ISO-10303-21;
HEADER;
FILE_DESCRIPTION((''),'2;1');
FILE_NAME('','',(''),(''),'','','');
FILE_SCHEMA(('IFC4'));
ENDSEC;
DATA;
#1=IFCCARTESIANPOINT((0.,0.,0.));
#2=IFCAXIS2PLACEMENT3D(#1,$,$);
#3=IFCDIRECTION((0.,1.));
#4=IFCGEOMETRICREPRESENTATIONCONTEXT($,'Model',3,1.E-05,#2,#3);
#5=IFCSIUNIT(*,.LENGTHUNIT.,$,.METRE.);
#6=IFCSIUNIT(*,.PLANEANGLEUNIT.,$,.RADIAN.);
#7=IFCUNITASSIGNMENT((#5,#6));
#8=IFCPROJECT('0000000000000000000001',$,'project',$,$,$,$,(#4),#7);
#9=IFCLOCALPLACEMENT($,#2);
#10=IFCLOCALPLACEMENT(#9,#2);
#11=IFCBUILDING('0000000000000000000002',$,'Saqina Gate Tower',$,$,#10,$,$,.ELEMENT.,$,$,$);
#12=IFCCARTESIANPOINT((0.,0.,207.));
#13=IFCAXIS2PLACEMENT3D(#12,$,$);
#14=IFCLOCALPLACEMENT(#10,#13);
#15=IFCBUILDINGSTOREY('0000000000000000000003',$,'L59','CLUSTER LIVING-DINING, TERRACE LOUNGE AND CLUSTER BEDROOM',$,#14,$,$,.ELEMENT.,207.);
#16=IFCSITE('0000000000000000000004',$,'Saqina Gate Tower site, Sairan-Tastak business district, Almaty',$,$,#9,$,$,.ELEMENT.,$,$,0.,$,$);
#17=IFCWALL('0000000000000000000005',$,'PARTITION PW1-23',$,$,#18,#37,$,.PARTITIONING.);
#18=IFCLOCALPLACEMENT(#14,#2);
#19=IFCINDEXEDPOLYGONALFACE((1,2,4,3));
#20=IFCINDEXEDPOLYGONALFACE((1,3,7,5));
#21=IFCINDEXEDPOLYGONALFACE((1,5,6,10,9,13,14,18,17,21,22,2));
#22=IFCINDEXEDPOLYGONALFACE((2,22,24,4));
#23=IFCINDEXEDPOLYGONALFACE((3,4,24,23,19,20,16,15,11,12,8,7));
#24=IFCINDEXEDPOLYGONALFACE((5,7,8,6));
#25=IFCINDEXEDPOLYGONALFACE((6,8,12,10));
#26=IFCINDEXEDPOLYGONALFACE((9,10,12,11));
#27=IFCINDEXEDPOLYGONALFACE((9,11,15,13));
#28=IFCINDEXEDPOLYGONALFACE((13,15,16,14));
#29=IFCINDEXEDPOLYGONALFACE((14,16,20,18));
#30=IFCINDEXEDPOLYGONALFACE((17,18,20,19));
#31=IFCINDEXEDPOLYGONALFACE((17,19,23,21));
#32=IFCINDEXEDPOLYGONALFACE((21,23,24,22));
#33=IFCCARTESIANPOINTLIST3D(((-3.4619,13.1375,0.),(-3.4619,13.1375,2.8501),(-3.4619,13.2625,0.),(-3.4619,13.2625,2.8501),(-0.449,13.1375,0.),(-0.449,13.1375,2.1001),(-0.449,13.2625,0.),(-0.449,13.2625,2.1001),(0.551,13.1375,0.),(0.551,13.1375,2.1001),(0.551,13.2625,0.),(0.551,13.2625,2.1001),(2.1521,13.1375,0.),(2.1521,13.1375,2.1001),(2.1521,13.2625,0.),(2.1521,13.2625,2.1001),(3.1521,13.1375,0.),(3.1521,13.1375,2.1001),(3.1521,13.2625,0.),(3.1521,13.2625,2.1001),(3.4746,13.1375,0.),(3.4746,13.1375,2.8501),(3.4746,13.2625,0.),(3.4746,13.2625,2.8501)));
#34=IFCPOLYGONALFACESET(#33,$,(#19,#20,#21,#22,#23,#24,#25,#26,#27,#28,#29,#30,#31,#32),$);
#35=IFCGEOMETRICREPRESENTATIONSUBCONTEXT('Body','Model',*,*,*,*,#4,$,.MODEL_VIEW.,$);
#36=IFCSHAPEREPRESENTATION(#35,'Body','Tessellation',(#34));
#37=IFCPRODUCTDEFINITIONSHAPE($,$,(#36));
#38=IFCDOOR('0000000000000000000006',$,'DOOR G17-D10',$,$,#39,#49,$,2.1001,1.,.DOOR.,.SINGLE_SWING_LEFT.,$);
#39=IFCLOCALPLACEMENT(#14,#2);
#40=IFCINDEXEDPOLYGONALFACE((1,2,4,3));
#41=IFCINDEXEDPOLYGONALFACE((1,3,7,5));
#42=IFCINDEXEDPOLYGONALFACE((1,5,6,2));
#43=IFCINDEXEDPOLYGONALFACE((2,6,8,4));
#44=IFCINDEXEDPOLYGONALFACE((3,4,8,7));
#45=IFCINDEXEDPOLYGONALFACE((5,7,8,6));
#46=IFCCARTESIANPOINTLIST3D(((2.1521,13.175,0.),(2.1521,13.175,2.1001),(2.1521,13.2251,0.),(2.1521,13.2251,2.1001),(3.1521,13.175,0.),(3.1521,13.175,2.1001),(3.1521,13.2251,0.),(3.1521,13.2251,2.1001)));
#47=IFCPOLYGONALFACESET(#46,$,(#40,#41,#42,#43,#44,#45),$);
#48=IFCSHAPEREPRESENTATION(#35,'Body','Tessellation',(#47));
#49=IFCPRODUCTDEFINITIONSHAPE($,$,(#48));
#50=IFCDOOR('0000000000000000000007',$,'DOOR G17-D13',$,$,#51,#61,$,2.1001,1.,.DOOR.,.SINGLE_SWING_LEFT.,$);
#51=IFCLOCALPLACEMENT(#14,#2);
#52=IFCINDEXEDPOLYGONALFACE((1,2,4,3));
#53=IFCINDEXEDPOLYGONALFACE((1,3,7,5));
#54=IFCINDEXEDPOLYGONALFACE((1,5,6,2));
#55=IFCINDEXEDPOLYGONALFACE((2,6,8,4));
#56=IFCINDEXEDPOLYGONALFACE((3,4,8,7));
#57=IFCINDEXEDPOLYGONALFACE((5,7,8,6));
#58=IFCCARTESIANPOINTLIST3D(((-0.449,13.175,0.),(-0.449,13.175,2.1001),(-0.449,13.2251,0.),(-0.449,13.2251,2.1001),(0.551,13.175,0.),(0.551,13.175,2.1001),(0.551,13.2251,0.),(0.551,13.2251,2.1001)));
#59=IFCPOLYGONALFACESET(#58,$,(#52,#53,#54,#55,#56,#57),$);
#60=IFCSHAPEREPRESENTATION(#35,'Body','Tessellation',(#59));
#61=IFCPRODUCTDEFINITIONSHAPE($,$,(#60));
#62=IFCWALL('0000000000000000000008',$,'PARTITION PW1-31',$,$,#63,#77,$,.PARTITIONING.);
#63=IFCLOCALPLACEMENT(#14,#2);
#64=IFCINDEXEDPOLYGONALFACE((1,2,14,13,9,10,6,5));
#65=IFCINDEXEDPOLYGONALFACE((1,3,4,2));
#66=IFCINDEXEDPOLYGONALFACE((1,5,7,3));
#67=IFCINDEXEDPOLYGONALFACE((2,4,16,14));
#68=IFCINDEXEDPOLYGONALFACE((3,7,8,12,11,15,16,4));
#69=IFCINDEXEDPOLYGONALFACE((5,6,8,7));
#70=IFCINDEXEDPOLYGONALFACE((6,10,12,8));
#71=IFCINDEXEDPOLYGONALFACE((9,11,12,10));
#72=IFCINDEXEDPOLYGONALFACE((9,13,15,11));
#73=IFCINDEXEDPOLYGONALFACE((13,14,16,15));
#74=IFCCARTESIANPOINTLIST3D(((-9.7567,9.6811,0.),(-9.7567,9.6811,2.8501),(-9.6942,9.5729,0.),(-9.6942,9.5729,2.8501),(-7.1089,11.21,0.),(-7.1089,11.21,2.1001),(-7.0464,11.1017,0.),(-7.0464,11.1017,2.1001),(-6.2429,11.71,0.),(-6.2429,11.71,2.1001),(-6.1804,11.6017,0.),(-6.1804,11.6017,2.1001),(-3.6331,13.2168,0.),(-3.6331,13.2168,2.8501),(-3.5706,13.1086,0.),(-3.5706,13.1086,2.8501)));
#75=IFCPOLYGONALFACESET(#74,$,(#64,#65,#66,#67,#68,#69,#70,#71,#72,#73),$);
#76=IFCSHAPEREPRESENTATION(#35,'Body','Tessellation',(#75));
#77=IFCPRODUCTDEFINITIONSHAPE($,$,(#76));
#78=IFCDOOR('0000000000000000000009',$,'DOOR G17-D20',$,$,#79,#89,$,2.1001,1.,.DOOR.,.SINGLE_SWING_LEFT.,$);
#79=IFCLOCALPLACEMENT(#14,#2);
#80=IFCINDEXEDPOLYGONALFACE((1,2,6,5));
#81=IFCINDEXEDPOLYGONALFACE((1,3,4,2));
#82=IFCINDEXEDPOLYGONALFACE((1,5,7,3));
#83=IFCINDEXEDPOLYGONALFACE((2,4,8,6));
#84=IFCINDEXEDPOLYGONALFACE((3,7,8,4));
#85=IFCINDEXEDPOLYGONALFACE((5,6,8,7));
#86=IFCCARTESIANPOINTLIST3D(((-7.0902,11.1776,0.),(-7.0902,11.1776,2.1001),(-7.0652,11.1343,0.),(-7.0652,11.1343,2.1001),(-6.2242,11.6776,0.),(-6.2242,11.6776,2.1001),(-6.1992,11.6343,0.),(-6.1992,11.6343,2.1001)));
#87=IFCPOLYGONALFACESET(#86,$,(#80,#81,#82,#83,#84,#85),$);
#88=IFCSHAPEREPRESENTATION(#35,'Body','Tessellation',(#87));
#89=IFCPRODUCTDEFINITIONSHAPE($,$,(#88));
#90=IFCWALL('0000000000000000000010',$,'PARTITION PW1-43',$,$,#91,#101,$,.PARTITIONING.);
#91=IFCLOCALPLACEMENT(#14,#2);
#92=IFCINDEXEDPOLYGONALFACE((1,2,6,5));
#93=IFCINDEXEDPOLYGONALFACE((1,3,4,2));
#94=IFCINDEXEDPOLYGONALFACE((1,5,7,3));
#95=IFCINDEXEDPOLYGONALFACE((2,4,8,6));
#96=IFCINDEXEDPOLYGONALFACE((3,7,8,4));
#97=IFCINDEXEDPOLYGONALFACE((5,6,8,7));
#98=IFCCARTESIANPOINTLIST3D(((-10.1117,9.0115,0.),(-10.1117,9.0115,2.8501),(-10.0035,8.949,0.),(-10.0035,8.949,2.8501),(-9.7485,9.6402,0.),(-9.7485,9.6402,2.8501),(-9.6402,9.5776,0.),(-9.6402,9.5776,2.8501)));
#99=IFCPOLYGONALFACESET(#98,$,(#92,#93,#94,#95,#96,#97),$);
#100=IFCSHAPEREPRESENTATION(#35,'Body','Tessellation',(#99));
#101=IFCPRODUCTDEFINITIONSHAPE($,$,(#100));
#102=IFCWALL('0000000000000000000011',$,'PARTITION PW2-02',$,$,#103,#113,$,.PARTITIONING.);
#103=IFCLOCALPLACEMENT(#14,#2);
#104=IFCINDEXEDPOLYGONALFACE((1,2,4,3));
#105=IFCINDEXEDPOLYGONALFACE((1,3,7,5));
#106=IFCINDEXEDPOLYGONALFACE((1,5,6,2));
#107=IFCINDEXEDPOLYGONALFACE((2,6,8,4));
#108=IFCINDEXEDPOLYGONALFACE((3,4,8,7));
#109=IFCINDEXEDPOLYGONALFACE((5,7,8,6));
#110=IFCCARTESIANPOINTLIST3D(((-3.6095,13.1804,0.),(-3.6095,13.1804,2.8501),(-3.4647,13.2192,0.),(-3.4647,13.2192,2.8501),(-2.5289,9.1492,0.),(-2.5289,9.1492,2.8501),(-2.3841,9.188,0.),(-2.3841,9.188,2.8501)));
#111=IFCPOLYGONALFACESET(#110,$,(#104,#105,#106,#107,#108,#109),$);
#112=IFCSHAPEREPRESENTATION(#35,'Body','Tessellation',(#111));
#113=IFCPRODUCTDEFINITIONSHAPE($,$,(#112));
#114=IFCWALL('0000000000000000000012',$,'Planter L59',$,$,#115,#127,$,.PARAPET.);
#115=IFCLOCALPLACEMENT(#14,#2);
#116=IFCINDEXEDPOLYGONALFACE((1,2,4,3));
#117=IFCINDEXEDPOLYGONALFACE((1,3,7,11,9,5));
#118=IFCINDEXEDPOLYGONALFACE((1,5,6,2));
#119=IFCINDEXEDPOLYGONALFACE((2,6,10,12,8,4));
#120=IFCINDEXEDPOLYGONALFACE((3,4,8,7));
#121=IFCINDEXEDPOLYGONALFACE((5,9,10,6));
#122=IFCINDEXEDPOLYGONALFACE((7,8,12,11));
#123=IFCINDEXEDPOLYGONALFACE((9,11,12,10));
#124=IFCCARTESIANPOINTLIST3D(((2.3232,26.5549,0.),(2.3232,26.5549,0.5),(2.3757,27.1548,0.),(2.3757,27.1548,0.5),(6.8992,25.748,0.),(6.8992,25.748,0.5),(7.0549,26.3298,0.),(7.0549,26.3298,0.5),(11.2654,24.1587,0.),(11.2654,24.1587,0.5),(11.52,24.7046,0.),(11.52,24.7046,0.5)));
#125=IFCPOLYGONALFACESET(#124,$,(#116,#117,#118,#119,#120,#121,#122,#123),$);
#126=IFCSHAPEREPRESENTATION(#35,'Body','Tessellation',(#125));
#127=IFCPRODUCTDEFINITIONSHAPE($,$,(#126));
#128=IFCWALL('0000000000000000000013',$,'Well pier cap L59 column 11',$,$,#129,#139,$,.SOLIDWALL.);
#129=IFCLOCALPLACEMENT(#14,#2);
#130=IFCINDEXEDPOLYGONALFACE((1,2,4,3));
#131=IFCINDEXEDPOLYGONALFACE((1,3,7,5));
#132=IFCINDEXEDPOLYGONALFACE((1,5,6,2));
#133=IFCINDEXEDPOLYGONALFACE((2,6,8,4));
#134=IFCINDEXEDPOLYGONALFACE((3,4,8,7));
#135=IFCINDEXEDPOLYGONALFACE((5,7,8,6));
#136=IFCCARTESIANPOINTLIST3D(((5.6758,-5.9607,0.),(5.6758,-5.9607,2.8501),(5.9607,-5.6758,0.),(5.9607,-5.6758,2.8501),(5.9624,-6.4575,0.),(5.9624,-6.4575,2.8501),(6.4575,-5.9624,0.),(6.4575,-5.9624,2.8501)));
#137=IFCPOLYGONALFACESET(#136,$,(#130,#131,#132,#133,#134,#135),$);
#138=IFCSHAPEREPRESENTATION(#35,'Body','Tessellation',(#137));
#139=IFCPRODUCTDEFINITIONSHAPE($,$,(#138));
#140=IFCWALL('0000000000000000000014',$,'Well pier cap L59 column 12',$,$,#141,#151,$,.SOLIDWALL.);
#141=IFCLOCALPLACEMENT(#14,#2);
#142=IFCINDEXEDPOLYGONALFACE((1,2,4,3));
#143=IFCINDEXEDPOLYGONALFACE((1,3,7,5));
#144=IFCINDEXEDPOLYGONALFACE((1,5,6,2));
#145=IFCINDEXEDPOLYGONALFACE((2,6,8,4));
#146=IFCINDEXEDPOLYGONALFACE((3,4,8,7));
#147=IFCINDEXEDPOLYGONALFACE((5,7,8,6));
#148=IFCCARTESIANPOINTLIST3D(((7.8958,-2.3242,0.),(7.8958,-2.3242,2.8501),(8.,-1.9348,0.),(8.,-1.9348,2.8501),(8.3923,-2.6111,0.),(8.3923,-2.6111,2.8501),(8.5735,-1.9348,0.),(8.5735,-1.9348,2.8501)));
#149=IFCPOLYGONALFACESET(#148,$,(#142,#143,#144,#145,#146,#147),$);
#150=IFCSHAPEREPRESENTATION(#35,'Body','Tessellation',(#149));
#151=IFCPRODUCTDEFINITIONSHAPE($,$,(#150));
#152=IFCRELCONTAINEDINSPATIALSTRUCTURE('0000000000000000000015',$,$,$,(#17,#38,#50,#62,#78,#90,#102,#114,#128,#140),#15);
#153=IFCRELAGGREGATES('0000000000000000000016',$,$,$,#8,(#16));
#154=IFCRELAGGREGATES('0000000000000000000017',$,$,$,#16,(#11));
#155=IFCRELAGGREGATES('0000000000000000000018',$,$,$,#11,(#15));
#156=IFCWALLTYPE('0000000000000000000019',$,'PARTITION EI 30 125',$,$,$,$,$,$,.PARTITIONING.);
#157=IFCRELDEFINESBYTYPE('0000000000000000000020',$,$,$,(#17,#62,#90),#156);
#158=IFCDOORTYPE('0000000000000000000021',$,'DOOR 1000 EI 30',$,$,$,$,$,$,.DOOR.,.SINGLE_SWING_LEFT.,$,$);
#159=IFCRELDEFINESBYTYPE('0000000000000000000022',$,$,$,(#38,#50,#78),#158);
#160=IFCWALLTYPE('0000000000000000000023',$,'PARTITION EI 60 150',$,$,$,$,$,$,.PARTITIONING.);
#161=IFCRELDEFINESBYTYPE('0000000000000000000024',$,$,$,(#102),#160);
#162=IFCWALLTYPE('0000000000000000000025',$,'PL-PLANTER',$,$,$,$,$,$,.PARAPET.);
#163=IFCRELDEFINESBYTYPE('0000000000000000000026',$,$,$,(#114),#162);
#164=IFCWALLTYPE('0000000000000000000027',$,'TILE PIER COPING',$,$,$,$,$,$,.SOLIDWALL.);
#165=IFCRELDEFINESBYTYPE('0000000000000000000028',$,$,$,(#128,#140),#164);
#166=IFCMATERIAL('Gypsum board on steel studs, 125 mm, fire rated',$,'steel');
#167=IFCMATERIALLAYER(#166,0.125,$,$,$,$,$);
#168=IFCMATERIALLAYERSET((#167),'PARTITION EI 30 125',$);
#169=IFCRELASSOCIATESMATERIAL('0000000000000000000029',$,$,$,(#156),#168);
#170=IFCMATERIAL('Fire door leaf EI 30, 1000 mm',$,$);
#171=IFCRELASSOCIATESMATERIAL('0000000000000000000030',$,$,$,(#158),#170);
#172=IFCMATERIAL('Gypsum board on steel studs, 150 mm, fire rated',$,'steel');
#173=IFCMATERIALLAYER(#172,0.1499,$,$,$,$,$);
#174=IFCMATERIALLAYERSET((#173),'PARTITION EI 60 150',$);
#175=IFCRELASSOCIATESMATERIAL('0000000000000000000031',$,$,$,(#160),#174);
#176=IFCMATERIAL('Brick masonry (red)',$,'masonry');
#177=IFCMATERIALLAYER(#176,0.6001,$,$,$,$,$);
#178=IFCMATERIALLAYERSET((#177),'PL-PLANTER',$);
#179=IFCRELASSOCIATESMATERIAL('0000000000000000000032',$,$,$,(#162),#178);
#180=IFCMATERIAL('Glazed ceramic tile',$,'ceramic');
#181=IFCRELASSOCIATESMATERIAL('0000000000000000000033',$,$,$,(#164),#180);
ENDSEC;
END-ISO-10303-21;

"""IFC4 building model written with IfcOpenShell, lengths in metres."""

from ifc_helpers import new_model, si_unit, direction, frame, frame_2d, origin, place, context, subcontext, project, spatial, polyline, rectangle, outline, extrude, material, layer, layer_set, type_object, element, fill, save


model = new_model("IFC4")

# Units and contexts
model_context = context("Model", 3, precision=1e-05, world=origin(), true_north=direction((0.0, 1.0)))
body_context = subcontext(model_context, "Body", "Model", "MODEL_VIEW")
ifc_project = project(units=[si_unit("LENGTHUNIT", "METRE"), si_unit("PLANEANGLEUNIT", "RADIAN")], contexts=[model_context])

# Site, building, storey
site_placement = place(None, origin())
site = spatial("IfcSite", under=ifc_project, at=site_placement, Name="Saqina Gate Tower site, Sairan-Tastak business district, Almaty", CompositionType="ELEMENT", RefElevation=0.0)
building_placement = place(site_placement, origin())
building = spatial("IfcBuilding", under=site, at=building_placement, Name="Saqina Gate Tower", CompositionType="ELEMENT")
storey_placement = place(building_placement, frame((0.0, 0.0, 207.0)))
storey = spatial("IfcBuildingStorey", under=building, at=storey_placement, Name="L59", Description="CLUSTER LIVING-DINING, TERRACE LOUNGE AND CLUSTER BEDROOM", CompositionType="ELEMENT", Elevation=207.0)

# Shared definitions
ifc_material_1 = material(Name="Gypsum board on steel studs, 125 mm, fire rated", Category="steel")
ifc_layer_1 = layer(ifc_material_1, 0.125)
ifc_layer_set_1 = layer_set([ifc_layer_1], Name="PARTITION EI 30 125")
wall_type_1 = type_object("IfcWallType", Name="PARTITION EI 30 125", PredefinedType="PARTITIONING", material=ifc_layer_set_1)

# Wall, openings, doors
wall_1_placement = place(storey_placement, frame((-3.4619, 13.2, 0.0), z_axis=(0.0, 0.0, 1.0), x_axis=(1.0, 0.0, 0.0)))
wall_1 = element("IfcWall", 1, at=wall_1_placement, inside=storey, type_object=wall_type_1, Name="PARTITION PW1-23", PredefinedType="PARTITIONING", context=body_context, shape_type="SweptSolid", body=[
    extrude(rectangle(XDim=6.9365, YDim=0.125, at=frame_2d((3.4683, 0.0))), origin(), (0.0, 0.0, 1.0), 2.8501),
])
opening_1_placement = place(wall_1_placement, frame((5.614, 0.0, 0.0)))
opening_1 = element("IfcOpeningElement", 2, at=opening_1_placement, cuts=wall_1, PredefinedType="OPENING", context=body_context, shape_type="SweptSolid", body=[
    extrude(rectangle(XDim=1.0, YDim=2.1001, at=frame_2d((0.5, 1.05))), frame((0.0, 0.0745, 0.0), z_axis=(0.0, -1.0, 0.0), x_axis=(1.0, 0.0, 0.0)), (0.0, 0.0, 1.0), 0.1489),
])
opening_2_placement = place(wall_1_placement, frame((3.0129, 0.0, 0.0)))
opening_2 = element("IfcOpeningElement", 3, at=opening_2_placement, cuts=wall_1, PredefinedType="OPENING", context=body_context, shape_type="SweptSolid", body=[
    extrude(rectangle(XDim=1.0, YDim=2.1001, at=frame_2d((0.5, 1.05))), frame((0.0, 0.0745, 0.0), z_axis=(0.0, -1.0, 0.0), x_axis=(1.0, 0.0, 0.0)), (0.0, 0.0, 1.0), 0.1489),
])
ifc_material_2 = material(Name="Fire door leaf EI 30, 1000 mm")
door_type_1 = type_object("IfcDoorType", Name="DOOR 1000 EI 30", OperationType="SINGLE_SWING_LEFT", PredefinedType="DOOR", material=ifc_material_2)
door_1_placement = place(opening_1_placement, frame((1.0, 0.0, 0.0), z_axis=(0.0, 0.0, 1.0), x_axis=(-1.0, 0.0, 0.0)))
door_1 = element("IfcDoor", 4, at=door_1_placement, inside=storey, type_object=door_type_1, Name="DOOR G17-D10", OperationType="SINGLE_SWING_LEFT", OverallHeight=2.1001, OverallWidth=1.0, PredefinedType="DOOR", context=body_context, shape_type="SweptSolid", body=[
    extrude(rectangle(XDim=1.0, YDim=2.1001, at=frame_2d((0.5, 1.05))), frame((0.0, 0.0249, 0.0), z_axis=(0.0, -1.0, 0.0), x_axis=(1.0, 0.0, 0.0)), (0.0, 0.0, 1.0), 0.05),
])
fill(opening_1, door_1)
door_2_placement = place(opening_2_placement, frame((1.0, 0.0, 0.0), z_axis=(0.0, 0.0, 1.0), x_axis=(-1.0, 0.0, 0.0)))
door_2 = element("IfcDoor", 5, at=door_2_placement, inside=storey, type_object=door_type_1, Name="DOOR G17-D13", OperationType="SINGLE_SWING_LEFT", OverallHeight=2.1001, OverallWidth=1.0, PredefinedType="DOOR", context=body_context, shape_type="SweptSolid", body=[
    extrude(rectangle(XDim=1.0, YDim=2.1001, at=frame_2d((0.5, 1.05))), frame((0.0, 0.0249, 0.0), z_axis=(0.0, -1.0, 0.0), x_axis=(1.0, 0.0, 0.0)), (0.0, 0.0, 1.0), 0.05),
])
fill(opening_2, door_2)

# Wall, opening, door
wall_2_placement = place(storey_placement, frame((-9.7256, 9.627, 0.0), z_axis=(0.0, 0.0, 1.0), x_axis=(0.866012, 0.500023, 0.0)))
wall_2 = element("IfcWall", 6, at=wall_2_placement, inside=storey, type_object=wall_type_1, Name="PARTITION PW1-31", PredefinedType="PARTITIONING", context=body_context, shape_type="SweptSolid", body=[
    extrude(rectangle(XDim=7.071, YDim=0.125, at=frame_2d((3.5356, 0.0))), origin(), (0.0, 0.0, 1.0), 2.8501),
])
opening_3_placement = place(wall_2_placement, frame((3.0576, 0.0, 0.0)))
opening_3 = element("IfcOpeningElement", 7, at=opening_3_placement, cuts=wall_2, PredefinedType="OPENING", context=body_context, shape_type="SweptSolid", body=[
    extrude(rectangle(XDim=1.0, YDim=2.1001, at=frame_2d((0.5, 1.05))), frame((0.0, 0.0745, 0.0), z_axis=(0.0, -1.0, 0.0), x_axis=(1.0, 0.0, 0.0)), (0.0, 0.0, 1.0), 0.1489),
])
door_3_placement = place(opening_3_placement, frame((1.0, 0.0, 0.0), z_axis=(0.0, 0.0, 1.0), x_axis=(-1.0, 0.0, 0.0)))
door_3 = element("IfcDoor", 8, at=door_3_placement, inside=storey, type_object=door_type_1, Name="DOOR G17-D20", OperationType="SINGLE_SWING_LEFT", OverallHeight=2.1001, OverallWidth=1.0, PredefinedType="DOOR", context=body_context, shape_type="SweptSolid", body=[
    extrude(rectangle(XDim=1.0, YDim=2.1001, at=frame_2d((0.5, 1.05))), frame((0.0, 0.0249, 0.0), z_axis=(0.0, -1.0, 0.0), x_axis=(1.0, 0.0, 0.0)), (0.0, 0.0, 1.0), 0.05),
])
fill(opening_3, door_3)

# Walls
wall_3_placement = place(storey_placement, frame((-10.0576, 8.9802, 0.0), z_axis=(0.0, 0.0, 1.0), x_axis=(0.500334, 0.865833, 0.0)))
element("IfcWall", 9, at=wall_3_placement, inside=storey, type_object=wall_type_1, Name="PARTITION PW1-43", PredefinedType="PARTITIONING", context=body_context, shape_type="SweptSolid", body=[
    extrude(rectangle(XDim=0.7261, YDim=0.125, at=frame_2d((0.363, 0.0))), origin(), (0.0, 0.0, 1.0), 2.8501),
])
ifc_material_3 = material(Name="Gypsum board on steel studs, 150 mm, fire rated", Category="steel")
ifc_layer_2 = layer(ifc_material_3, 0.1499)
ifc_layer_set_2 = layer_set([ifc_layer_2], Name="PARTITION EI 60 150")
wall_type_2 = type_object("IfcWallType", Name="PARTITION EI 60 150", PredefinedType="PARTITIONING", material=ifc_layer_set_2)
wall_4_placement = place(storey_placement, frame((-3.5371, 13.2, 0.0), z_axis=(0.0, 0.0, 1.0), x_axis=(0.258908, -0.965902, 0.0)))
element("IfcWall", 10, at=wall_4_placement, inside=storey, type_object=wall_type_2, Name="PARTITION PW2-02", PredefinedType="PARTITIONING", context=body_context, shape_type="SweptSolid", body=[
    extrude(rectangle(XDim=4.1736, YDim=0.1499, at=frame_2d((2.0869, 0.0))), origin(), (0.0, 0.0, 1.0), 2.8501),
])
ifc_material_4 = material(Name="Brick masonry (red)", Category="masonry")
ifc_layer_3 = layer(ifc_material_4, 0.6001)
ifc_layer_set_3 = layer_set([ifc_layer_3], Name="PL-PLANTER")
wall_type_3 = type_object("IfcWallType", Name="PL-PLANTER", PredefinedType="PARAPET", material=ifc_layer_set_3)
wall_5_placement = place(storey_placement, origin())
element("IfcWall", 11, at=wall_5_placement, inside=storey, type_object=wall_type_3, Name="Planter L59", PredefinedType="PARAPET", context=body_context, shape_type="SweptSolid", body=[
    extrude(outline(polyline([(11.52, 24.7046), (7.0549, 26.3298), (2.3757, 27.1548), (2.3232, 26.5549), (6.8992, 25.748), (11.2654, 24.1587), (11.52, 24.7046)])), origin(), (0.0, 0.0, 1.0), 0.5),
])
ifc_material_5 = material(Name="Glazed ceramic tile", Category="ceramic")
wall_type_4 = type_object("IfcWallType", Name="TILE PIER COPING", PredefinedType="SOLIDWALL", material=ifc_material_5)
wall_6_placement = place(storey_placement, origin())
element("IfcWall", 12, at=wall_6_placement, inside=storey, type_object=wall_type_4, Name="Well pier cap L59 column 11", PredefinedType="SOLIDWALL", context=body_context, shape_type="SweptSolid", body=[
    extrude(outline(polyline([(5.9624, -6.4575), (6.4575, -5.9624), (5.9607, -5.6758), (5.6758, -5.9607), (5.9624, -6.4575)])), origin(), (0.0, 0.0, 1.0), 2.8501),
])
wall_7_placement = place(storey_placement, origin())
element("IfcWall", 13, at=wall_7_placement, inside=storey, type_object=wall_type_4, Name="Well pier cap L59 column 12", PredefinedType="SOLIDWALL", context=body_context, shape_type="SweptSolid", body=[
    extrude(outline(polyline([(8.5735, -1.9348), (8.0, -1.9348), (7.8958, -2.3242), (8.3923, -2.6111), (8.5735, -1.9348)])), origin(), (0.0, 0.0, 1.0), 2.8501),
])

save(model, "model.ifc")
